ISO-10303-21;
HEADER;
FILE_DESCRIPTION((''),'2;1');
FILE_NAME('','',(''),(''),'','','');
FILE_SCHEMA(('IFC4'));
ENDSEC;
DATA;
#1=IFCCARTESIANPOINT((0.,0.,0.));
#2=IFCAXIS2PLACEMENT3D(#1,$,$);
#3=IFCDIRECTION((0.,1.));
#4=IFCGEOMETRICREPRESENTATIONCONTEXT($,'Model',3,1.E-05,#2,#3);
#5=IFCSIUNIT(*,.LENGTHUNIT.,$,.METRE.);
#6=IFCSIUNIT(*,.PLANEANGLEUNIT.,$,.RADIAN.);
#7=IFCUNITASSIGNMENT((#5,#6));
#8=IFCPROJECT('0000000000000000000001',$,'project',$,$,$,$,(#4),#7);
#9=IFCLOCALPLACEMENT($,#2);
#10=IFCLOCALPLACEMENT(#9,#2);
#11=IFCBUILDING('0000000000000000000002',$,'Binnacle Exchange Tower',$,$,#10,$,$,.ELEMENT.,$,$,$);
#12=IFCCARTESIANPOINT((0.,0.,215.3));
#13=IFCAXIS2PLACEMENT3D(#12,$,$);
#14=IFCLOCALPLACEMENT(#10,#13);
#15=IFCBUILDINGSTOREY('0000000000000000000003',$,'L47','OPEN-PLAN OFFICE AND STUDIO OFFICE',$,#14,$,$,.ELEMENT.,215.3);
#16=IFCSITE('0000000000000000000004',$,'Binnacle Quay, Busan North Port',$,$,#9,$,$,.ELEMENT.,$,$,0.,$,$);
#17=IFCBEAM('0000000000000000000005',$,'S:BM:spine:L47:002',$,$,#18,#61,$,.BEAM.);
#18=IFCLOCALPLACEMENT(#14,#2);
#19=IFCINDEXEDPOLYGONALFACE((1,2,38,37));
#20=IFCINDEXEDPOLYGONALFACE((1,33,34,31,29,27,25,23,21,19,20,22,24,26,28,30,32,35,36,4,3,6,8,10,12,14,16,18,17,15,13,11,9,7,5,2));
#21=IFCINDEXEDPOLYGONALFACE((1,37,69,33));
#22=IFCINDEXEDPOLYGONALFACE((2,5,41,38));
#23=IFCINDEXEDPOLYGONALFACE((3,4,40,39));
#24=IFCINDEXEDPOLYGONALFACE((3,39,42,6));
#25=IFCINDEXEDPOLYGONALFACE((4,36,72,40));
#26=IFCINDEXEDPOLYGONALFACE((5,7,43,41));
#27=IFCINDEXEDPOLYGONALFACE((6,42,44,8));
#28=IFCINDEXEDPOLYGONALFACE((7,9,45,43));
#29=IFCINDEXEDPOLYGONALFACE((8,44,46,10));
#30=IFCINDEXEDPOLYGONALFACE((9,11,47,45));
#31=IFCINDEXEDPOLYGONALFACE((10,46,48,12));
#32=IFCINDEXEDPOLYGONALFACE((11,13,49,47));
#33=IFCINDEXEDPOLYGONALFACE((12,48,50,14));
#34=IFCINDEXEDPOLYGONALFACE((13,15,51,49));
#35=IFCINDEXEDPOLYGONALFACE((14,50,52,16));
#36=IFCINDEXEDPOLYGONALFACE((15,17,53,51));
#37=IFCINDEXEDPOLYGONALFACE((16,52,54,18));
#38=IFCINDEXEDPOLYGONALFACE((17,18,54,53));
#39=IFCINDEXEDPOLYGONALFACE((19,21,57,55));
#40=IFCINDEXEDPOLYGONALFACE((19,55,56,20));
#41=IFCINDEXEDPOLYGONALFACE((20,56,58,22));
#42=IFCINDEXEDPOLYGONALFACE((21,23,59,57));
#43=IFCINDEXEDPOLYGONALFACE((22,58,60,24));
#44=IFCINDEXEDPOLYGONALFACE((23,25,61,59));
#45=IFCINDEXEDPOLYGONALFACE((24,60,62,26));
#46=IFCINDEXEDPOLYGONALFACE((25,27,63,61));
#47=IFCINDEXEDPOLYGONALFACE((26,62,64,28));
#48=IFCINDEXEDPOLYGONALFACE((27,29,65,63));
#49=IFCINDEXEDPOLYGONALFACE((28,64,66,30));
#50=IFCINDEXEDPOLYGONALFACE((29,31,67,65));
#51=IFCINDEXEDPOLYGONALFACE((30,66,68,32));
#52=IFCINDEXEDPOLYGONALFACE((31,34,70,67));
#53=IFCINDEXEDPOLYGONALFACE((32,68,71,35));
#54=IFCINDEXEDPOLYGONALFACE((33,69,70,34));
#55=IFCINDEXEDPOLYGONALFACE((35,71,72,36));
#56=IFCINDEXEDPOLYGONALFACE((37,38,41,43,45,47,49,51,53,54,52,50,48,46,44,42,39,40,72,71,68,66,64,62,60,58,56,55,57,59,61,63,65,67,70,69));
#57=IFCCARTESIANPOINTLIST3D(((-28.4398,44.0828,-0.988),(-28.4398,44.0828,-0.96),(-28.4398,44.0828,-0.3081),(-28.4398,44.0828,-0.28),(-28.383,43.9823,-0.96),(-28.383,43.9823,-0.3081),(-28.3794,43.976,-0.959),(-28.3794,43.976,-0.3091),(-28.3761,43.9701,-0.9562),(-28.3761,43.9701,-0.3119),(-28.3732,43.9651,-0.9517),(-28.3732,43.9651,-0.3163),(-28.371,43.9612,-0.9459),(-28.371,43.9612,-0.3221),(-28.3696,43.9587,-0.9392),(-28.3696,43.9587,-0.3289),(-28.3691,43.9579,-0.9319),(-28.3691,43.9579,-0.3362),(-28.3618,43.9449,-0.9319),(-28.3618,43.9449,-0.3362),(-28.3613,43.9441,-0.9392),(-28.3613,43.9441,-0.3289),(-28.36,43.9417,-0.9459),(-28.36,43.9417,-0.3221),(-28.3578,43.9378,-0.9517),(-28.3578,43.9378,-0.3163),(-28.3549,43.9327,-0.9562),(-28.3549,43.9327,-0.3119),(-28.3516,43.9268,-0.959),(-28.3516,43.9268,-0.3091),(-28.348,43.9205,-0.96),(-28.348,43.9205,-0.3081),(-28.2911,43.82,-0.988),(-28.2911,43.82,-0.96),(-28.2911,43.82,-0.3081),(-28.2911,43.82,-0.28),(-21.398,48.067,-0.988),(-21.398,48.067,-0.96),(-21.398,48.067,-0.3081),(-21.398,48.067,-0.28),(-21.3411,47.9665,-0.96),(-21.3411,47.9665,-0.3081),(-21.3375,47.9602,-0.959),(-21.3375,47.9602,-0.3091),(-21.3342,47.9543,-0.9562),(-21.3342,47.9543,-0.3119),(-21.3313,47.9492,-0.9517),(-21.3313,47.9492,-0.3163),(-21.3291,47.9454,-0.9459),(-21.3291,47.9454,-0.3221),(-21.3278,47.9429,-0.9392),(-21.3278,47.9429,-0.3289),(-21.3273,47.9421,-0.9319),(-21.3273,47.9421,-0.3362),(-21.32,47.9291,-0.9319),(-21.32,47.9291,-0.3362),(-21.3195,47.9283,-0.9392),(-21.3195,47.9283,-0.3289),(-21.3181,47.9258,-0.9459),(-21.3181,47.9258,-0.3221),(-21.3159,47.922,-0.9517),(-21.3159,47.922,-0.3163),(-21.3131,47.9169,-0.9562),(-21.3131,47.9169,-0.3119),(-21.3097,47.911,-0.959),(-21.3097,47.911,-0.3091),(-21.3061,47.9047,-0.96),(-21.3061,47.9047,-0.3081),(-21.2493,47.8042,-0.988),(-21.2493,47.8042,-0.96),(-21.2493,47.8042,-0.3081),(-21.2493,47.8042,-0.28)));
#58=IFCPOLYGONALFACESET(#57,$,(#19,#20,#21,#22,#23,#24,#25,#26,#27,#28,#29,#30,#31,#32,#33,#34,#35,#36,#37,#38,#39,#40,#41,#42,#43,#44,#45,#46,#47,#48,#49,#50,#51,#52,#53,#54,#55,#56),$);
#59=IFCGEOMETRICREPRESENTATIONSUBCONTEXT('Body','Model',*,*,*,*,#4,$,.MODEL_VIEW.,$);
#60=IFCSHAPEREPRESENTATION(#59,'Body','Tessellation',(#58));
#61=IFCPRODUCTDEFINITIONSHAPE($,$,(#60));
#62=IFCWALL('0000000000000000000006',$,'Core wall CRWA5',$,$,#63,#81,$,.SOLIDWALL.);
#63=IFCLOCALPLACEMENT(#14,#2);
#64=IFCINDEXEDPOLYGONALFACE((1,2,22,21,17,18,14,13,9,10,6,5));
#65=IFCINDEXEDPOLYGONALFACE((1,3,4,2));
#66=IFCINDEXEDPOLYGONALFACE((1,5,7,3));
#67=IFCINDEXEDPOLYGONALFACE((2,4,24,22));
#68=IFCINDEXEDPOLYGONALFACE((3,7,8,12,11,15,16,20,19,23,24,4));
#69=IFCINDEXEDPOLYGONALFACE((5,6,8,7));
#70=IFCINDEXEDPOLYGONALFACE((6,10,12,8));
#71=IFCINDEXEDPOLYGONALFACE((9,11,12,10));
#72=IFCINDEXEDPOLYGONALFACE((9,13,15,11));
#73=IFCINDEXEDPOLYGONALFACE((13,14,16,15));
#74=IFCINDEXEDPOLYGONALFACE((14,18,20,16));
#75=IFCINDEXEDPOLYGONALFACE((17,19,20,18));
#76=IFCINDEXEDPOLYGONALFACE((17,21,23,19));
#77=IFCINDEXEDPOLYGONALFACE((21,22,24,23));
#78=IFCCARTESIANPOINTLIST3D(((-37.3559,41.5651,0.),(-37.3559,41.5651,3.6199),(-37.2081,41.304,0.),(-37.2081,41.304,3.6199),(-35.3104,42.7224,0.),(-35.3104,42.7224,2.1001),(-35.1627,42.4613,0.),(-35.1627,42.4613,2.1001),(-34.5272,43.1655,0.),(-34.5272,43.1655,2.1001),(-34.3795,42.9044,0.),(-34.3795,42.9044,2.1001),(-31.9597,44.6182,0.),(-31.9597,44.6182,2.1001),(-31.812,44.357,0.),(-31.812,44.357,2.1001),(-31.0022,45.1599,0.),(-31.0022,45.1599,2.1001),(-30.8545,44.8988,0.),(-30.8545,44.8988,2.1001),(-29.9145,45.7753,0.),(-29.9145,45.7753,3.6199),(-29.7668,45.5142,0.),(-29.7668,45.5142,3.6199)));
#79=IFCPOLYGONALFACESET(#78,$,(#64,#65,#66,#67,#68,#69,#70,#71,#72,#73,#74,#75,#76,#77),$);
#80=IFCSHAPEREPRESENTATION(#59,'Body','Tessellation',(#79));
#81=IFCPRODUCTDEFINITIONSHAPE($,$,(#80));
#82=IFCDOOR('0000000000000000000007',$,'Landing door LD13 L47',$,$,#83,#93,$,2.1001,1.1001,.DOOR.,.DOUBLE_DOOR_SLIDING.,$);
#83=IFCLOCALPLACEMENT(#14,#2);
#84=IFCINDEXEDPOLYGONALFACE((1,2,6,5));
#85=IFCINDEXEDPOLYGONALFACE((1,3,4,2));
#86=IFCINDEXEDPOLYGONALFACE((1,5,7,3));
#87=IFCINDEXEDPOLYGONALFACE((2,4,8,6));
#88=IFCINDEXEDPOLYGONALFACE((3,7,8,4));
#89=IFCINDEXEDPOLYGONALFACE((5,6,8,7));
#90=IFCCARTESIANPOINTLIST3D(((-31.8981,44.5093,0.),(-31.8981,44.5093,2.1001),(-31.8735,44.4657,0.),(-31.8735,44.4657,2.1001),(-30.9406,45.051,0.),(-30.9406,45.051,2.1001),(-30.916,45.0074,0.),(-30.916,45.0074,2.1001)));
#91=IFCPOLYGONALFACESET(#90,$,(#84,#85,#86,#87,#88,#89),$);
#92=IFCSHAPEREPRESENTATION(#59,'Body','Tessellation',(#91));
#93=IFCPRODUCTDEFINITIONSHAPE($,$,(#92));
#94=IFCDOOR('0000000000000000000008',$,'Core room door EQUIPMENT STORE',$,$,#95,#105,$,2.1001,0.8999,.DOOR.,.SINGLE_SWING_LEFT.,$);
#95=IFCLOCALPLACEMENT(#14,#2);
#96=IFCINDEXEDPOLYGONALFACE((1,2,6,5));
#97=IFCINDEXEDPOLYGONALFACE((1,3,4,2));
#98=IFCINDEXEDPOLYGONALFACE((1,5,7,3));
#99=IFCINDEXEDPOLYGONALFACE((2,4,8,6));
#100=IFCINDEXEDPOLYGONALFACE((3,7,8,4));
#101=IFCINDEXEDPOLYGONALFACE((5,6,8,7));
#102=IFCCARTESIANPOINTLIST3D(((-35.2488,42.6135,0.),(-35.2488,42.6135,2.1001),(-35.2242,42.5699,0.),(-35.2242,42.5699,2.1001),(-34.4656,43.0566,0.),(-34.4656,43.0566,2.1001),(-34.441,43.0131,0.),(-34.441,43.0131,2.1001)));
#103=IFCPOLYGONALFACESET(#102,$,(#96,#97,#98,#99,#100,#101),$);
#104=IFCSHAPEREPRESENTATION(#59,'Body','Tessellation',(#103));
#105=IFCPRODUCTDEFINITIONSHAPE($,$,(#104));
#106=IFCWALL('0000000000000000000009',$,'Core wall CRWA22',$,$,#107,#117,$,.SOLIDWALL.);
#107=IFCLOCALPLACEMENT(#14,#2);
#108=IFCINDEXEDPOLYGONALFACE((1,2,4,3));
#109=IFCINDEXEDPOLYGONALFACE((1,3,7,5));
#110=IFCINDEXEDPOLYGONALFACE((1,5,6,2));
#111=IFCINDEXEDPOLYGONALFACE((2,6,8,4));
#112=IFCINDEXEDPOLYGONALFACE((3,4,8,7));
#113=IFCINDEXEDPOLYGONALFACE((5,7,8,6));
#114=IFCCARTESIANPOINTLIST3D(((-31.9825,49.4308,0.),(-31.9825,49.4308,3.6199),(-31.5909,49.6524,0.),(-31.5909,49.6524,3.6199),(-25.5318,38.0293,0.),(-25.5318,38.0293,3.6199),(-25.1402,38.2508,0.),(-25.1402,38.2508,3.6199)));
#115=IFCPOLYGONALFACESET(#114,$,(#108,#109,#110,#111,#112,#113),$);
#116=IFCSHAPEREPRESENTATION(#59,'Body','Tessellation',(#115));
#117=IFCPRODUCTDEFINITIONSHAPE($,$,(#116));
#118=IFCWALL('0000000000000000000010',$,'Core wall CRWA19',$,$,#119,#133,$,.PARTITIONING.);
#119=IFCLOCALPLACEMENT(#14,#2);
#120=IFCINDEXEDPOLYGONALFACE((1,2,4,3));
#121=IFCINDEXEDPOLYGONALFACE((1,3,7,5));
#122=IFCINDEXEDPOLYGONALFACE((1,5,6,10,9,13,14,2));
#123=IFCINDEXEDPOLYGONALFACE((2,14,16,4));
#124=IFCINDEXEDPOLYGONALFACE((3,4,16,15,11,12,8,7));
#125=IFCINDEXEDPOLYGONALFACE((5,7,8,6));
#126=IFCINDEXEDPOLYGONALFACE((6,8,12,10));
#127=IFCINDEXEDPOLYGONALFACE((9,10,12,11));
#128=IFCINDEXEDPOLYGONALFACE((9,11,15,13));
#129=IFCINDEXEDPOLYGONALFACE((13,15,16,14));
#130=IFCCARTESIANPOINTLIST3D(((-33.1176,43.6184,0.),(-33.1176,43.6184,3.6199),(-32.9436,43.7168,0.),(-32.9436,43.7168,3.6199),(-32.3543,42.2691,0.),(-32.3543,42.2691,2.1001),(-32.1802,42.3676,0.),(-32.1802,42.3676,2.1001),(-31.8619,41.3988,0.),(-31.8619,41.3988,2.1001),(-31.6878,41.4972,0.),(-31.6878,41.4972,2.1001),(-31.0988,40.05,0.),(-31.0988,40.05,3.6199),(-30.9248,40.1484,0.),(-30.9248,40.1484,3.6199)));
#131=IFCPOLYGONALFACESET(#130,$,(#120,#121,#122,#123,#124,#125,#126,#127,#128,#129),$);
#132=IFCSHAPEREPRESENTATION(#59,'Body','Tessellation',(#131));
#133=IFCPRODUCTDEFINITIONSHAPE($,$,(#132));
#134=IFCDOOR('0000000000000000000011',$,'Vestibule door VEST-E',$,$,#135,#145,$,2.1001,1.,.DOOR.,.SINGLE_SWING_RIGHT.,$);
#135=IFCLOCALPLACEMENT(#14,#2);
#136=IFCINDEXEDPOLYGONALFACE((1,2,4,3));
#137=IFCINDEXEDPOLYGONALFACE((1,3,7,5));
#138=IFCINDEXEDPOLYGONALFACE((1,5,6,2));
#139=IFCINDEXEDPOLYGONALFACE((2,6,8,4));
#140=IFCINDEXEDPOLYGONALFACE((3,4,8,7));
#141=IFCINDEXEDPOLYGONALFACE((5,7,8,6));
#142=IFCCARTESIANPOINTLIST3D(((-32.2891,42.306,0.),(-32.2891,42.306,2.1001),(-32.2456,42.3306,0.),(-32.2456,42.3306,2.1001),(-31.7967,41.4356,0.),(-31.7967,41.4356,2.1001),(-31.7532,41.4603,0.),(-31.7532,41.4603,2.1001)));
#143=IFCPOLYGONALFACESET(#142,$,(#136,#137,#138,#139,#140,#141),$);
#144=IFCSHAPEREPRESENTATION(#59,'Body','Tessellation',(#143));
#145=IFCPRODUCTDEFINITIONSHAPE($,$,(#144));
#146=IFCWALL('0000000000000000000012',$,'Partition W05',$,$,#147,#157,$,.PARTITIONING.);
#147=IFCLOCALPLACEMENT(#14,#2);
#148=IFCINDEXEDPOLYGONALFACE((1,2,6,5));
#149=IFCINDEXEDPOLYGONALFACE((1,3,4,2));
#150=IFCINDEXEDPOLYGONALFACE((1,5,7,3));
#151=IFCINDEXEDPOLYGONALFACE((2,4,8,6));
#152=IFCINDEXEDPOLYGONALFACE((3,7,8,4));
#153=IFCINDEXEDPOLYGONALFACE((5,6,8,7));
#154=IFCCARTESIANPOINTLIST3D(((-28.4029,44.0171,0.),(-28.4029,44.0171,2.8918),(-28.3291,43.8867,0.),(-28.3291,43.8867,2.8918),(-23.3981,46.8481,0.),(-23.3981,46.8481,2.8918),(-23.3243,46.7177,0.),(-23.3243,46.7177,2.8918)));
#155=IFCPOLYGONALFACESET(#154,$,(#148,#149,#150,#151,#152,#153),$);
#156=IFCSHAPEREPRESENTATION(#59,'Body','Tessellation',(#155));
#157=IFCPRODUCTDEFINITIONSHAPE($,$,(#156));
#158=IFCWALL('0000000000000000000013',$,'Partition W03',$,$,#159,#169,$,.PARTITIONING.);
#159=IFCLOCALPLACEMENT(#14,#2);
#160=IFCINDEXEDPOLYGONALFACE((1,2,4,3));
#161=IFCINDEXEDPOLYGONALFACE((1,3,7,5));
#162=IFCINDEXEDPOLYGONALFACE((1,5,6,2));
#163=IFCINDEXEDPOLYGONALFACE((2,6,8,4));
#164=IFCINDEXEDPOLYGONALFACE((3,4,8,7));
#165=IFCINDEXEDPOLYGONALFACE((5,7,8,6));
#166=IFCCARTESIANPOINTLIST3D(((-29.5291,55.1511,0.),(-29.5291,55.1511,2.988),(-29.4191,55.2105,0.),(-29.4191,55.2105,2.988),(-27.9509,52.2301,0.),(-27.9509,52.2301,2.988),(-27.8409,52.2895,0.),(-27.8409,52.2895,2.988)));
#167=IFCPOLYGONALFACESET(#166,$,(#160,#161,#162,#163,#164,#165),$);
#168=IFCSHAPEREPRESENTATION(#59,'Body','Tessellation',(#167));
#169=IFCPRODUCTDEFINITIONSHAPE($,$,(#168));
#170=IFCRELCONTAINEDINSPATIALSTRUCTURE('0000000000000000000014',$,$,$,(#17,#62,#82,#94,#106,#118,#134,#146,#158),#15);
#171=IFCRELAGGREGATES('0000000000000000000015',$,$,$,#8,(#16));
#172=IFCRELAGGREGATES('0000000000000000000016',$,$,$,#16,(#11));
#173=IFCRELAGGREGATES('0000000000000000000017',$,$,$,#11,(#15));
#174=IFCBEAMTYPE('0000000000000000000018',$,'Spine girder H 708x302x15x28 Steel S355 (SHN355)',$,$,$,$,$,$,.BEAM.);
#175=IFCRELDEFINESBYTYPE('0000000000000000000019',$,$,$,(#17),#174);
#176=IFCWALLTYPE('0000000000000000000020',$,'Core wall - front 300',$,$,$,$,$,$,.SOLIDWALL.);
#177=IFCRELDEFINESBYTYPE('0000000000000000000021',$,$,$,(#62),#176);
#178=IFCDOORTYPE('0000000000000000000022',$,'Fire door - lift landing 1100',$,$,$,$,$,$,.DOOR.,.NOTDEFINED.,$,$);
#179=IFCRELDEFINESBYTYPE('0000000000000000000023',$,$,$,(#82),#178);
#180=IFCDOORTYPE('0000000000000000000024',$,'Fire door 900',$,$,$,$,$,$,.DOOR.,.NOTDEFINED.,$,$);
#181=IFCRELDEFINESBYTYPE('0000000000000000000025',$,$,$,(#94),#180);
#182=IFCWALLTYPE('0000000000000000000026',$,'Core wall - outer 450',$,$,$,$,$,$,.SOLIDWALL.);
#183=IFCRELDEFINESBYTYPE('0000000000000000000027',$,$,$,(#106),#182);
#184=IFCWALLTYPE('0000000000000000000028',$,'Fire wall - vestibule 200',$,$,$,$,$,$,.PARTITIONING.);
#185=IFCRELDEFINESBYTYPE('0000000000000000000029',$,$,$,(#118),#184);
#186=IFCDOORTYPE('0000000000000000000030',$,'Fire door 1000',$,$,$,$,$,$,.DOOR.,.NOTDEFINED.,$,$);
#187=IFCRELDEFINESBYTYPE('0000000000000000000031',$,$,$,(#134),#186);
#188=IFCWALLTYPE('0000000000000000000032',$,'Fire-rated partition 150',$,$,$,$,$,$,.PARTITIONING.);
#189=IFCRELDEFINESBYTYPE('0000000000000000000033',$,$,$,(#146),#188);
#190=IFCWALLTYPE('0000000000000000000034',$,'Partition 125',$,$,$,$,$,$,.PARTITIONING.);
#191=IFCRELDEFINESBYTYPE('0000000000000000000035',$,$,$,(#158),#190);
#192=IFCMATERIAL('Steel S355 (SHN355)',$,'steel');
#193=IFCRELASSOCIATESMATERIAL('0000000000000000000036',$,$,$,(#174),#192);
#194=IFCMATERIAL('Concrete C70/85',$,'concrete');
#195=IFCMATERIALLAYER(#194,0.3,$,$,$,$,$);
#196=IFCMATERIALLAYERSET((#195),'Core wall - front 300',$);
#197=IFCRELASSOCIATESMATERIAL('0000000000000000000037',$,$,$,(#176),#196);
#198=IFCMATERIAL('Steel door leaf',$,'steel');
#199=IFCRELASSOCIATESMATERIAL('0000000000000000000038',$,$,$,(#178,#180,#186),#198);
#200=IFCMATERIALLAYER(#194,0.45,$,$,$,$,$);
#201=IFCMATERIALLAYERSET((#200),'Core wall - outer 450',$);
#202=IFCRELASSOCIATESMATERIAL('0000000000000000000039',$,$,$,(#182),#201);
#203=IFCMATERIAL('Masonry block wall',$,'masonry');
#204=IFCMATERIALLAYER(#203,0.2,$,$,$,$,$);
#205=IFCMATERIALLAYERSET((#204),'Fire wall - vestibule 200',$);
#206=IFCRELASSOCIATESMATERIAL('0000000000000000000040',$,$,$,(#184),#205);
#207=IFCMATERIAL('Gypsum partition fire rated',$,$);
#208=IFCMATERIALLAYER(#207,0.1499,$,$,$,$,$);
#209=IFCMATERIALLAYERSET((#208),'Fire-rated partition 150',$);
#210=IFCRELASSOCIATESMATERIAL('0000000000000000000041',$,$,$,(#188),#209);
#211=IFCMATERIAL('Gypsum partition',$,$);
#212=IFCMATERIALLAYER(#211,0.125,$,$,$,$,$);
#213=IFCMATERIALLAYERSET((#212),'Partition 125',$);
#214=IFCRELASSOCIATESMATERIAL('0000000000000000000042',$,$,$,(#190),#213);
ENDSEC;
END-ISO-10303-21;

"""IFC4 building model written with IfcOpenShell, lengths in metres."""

from ifc_helpers import new_model, si_unit, direction, frame, frame_2d, origin, origin_2d, place, context, subcontext, project, spatial, rectangle, i_section, extrude, material, layer, layer_set, material_profile, profile_set, type_object, element, fill, save


model = new_model("IFC4")

# Units and contexts
model_context = context("Model", 3, precision=1e-05, world=origin(), true_north=direction((0.0, 1.0)))
body_context = subcontext(model_context, "Body", "Model", "MODEL_VIEW")
ifc_project = project(units=[si_unit("LENGTHUNIT", "METRE"), si_unit("PLANEANGLEUNIT", "RADIAN")], contexts=[model_context])

# Site, building, storey
site_placement = place(None, origin())
site = spatial("IfcSite", under=ifc_project, at=site_placement, Name="Binnacle Quay, Busan North Port", CompositionType="ELEMENT", RefElevation=0.0)
building_placement = place(site_placement, origin())
building = spatial("IfcBuilding", under=site, at=building_placement, Name="Binnacle Exchange Tower", CompositionType="ELEMENT")
storey_placement = place(building_placement, frame((0.0, 0.0, 215.3)))
storey = spatial("IfcBuildingStorey", under=building, at=storey_placement, Name="L47", Description="OPEN-PLAN OFFICE AND STUDIO OFFICE", CompositionType="ELEMENT", Elevation=215.3)

# Beam
ifc_material_1 = material(Name="Steel S355 (SHN355)", Category="steel")
ifc_material_profile_1 = material_profile(ifc_material_1, i_section(OverallWidth=0.302, OverallDepth=0.708, WebThickness=0.0149, FlangeThickness=0.0281, FilletRadius=0.0281, at=origin_2d()), Name="H 708x302x15x28")
ifc_profile_set_1 = profile_set([ifc_material_profile_1], Name="Steel S355 (SHN355)")
beam_type_1 = type_object("IfcBeamType", Name="Spine girder H 708x302x15x28 Steel S355 (SHN355)", PredefinedType="BEAM", material=ifc_profile_set_1)
beam_1_placement = place(storey_placement, frame((-28.3655, 43.9514, -0.634), z_axis=(0.87035, 0.492433, 0.0), x_axis=(-0.492433, 0.87035, 0.0)))
element("IfcBeam", 1, at=beam_1_placement, inside=storey, type_object=beam_type_1, Name="S:BM:spine:L47:002", PredefinedType="BEAM", context=body_context, shape_type="SweptSolid", body=[
    extrude(i_section(OverallWidth=0.302, OverallDepth=0.708, WebThickness=0.0149, FlangeThickness=0.0281, FilletRadius=0.0281, at=origin_2d()), origin(), (0.0, 0.0, 1.0), 8.0908),
])

# Wall, openings, doors
ifc_material_2 = material(Name="Concrete C70/85", Category="concrete")
ifc_layer_1 = layer(ifc_material_2, 0.3)
ifc_layer_set_1 = layer_set([ifc_layer_1], Name="Core wall - front 300")
wall_type_1 = type_object("IfcWallType", Name="Core wall - front 300", PredefinedType="SOLIDWALL", material=ifc_layer_set_1)
wall_1_placement = place(storey_placement, frame((-37.282, 41.4346, 0.0), z_axis=(0.0, 0.0, 1.0), x_axis=(0.870353, 0.492429, 0.0)))
wall_1 = element("IfcWall", 2, at=wall_1_placement, inside=storey, type_object=wall_type_1, Name="Core wall CRWA5", PredefinedType="SOLIDWALL", context=body_context, shape_type="SweptSolid", body=[
    extrude(rectangle(XDim=8.5498, YDim=0.3, at=frame_2d((4.2749, 0.0))), origin(), (0.0, 0.0, 1.0), 3.6199),
])
opening_1_placement = place(wall_1_placement, frame((6.2, 0.0, 0.0)))
opening_1 = element("IfcOpeningElement", 3, at=opening_1_placement, cuts=wall_1, PredefinedType="OPENING", context=body_context, shape_type="SweptSolid", body=[
    extrude(rectangle(XDim=1.1001, YDim=2.1001, at=frame_2d((0.55, 1.05))), frame((0.0, 0.1599, 0.0), z_axis=(0.0, -1.0, 0.0), x_axis=(1.0, 0.0, 0.0)), (0.0, 0.0, 1.0), 0.3201),
])
opening_2_placement = place(wall_1_placement, frame((2.3501, 0.0, 0.0)))
opening_2 = element("IfcOpeningElement", 4, at=opening_2_placement, cuts=wall_1, PredefinedType="OPENING", context=body_context, shape_type="SweptSolid", body=[
    extrude(rectangle(XDim=0.8999, YDim=2.1001, at=frame_2d((0.45, 1.05))), frame((0.0, 0.1599, 0.0), z_axis=(0.0, -1.0, 0.0), x_axis=(1.0, 0.0, 0.0)), (0.0, 0.0, 1.0), 0.3201),
])
ifc_material_3 = material(Name="Steel door leaf", Category="steel")
door_type_1 = type_object("IfcDoorType", Name="Fire door - lift landing 1100", OperationType="NOTDEFINED", PredefinedType="DOOR", material=ifc_material_3)
door_1_placement = place(opening_1_placement, origin())
door_1 = element("IfcDoor", 5, at=door_1_placement, inside=storey, type_object=door_type_1, Name="Landing door LD13 L47", OperationType="DOUBLE_DOOR_SLIDING", OverallHeight=2.1001, OverallWidth=1.1001, PredefinedType="DOOR", context=body_context, shape_type="SweptSolid", body=[
    extrude(rectangle(XDim=1.1001, YDim=2.1001, at=frame_2d((0.55, 1.05))), frame((0.0, 0.0249, 0.0), z_axis=(0.0, -1.0, 0.0), x_axis=(1.0, 0.0, 0.0)), (0.0, 0.0, 1.0), 0.05),
])
fill(opening_1, door_1)
door_type_2 = type_object("IfcDoorType", Name="Fire door 900", OperationType="NOTDEFINED", PredefinedType="DOOR", material=ifc_material_3)
door_2_placement = place(opening_2_placement, origin())
door_2 = element("IfcDoor", 6, at=door_2_placement, inside=storey, type_object=door_type_2, Name="Core room door EQUIPMENT STORE", OperationType="SINGLE_SWING_LEFT", OverallHeight=2.1001, OverallWidth=0.8999, PredefinedType="DOOR", context=body_context, shape_type="SweptSolid", body=[
    extrude(rectangle(XDim=0.8999, YDim=2.1001, at=frame_2d((0.45, 1.05))), frame((0.0, 0.0249, 0.0), z_axis=(0.0, -1.0, 0.0), x_axis=(1.0, 0.0, 0.0)), (0.0, 0.0, 1.0), 0.05),
])
fill(opening_2, door_2)

# Wall
ifc_layer_2 = layer(ifc_material_2, 0.45)
ifc_layer_set_2 = layer_set([ifc_layer_2], Name="Core wall - outer 450")
wall_type_2 = type_object("IfcWallType", Name="Core wall - outer 450", PredefinedType="SOLIDWALL", material=ifc_layer_set_2)
wall_2_placement = place(storey_placement, frame((-31.7866, 49.5415, 0.0), z_axis=(0.0, 0.0, 1.0), x_axis=(0.492421, -0.870357, 0.0)))
element("IfcWall", 7, at=wall_2_placement, inside=storey, type_object=wall_type_2, Name="Core wall CRWA22", PredefinedType="SOLIDWALL", context=body_context, shape_type="SweptSolid", body=[
    extrude(rectangle(XDim=13.0999, YDim=0.45, at=frame_2d((6.5498, 0.0))), origin(), (0.0, 0.0, 1.0), 3.6199),
])

# Wall, opening, door
ifc_material_4 = material(Name="Masonry block wall", Category="masonry")
ifc_layer_3 = layer(ifc_material_4, 0.2)
ifc_layer_set_3 = layer_set([ifc_layer_3], Name="Fire wall - vestibule 200")
wall_type_3 = type_object("IfcWallType", Name="Fire wall - vestibule 200", PredefinedType="PARTITIONING", material=ifc_layer_set_3)
wall_3_placement = place(storey_placement, frame((-33.0305, 43.6675, 0.0), z_axis=(0.0, 0.0, 1.0), x_axis=(0.492408, -0.870364, 0.0)))
wall_3 = element("IfcWall", 8, at=wall_3_placement, inside=storey, type_object=wall_type_3, Name="Core wall CRWA19", PredefinedType="PARTITIONING", context=body_context, shape_type="SweptSolid", body=[
    extrude(rectangle(XDim=4.0999, YDim=0.2, at=frame_2d((2.0498, 0.0))), origin(), (0.0, 0.0, 1.0), 3.6199),
])
opening_3_placement = place(wall_3_placement, frame((1.55, 0.0, 0.0)))
opening_3 = element("IfcOpeningElement", 9, at=opening_3_placement, cuts=wall_3, PredefinedType="OPENING", context=body_context, shape_type="SweptSolid", body=[
    extrude(rectangle(XDim=1.0, YDim=2.1001, at=frame_2d((0.5, 1.05))), frame((0.0, 0.1099, 0.0), z_axis=(0.0, -1.0, 0.0), x_axis=(1.0, 0.0, 0.0)), (0.0, 0.0, 1.0), 0.22),
])
door_type_3 = type_object("IfcDoorType", Name="Fire door 1000", OperationType="NOTDEFINED", PredefinedType="DOOR", material=ifc_material_3)
door_3_placement = place(opening_3_placement, origin())
door_3 = element("IfcDoor", 10, at=door_3_placement, inside=storey, type_object=door_type_3, Name="Vestibule door VEST-E", OperationType="SINGLE_SWING_RIGHT", OverallHeight=2.1001, OverallWidth=1.0, PredefinedType="DOOR", context=body_context, shape_type="SweptSolid", body=[
    extrude(rectangle(XDim=1.0, YDim=2.1001, at=frame_2d((0.5, 1.05))), frame((0.0, 0.0249, 0.0), z_axis=(0.0, -1.0, 0.0), x_axis=(1.0, 0.0, 0.0)), (0.0, 0.0, 1.0), 0.05),
])
fill(opening_3, door_3)

# Walls
ifc_material_5 = material(Name="Gypsum partition fire rated")
ifc_layer_4 = layer(ifc_material_5, 0.1499)
ifc_layer_set_4 = layer_set([ifc_layer_4], Name="Fire-rated partition 150")
wall_type_4 = type_object("IfcWallType", Name="Fire-rated partition 150", PredefinedType="PARTITIONING", material=ifc_layer_set_4)
wall_4_placement = place(storey_placement, frame((-28.366, 43.9519, 0.0), z_axis=(0.0, 0.0, 1.0), x_axis=(0.870398, 0.492348, 0.0)))
element("IfcWall", 11, at=wall_4_placement, inside=storey, type_object=wall_type_4, Name="Partition W05", PredefinedType="PARTITIONING", context=body_context, shape_type="SweptSolid", body=[
    extrude(rectangle(XDim=5.75, YDim=0.1499, at=frame_2d((2.875, 0.0))), origin(), (0.0, 0.0, 1.0), 2.8918),
])
ifc_material_6 = material(Name="Gypsum partition")
ifc_layer_5 = layer(ifc_material_6, 0.125)
ifc_layer_set_5 = layer_set([ifc_layer_5], Name="Partition 125")
wall_type_5 = type_object("IfcWallType", Name="Partition 125", PredefinedType="PARTITIONING", material=ifc_layer_set_5)
wall_5_placement = place(storey_placement, frame((-29.4741, 55.1809, 0.0), z_axis=(0.0, 0.0, 1.0), x_axis=(0.475345, -0.8798, 0.0)))
element("IfcWall", 12, at=wall_5_placement, inside=storey, type_object=wall_type_5, Name="Partition W03", PredefinedType="PARTITIONING", context=body_context, shape_type="SweptSolid", body=[
    extrude(rectangle(XDim=3.3201, YDim=0.125, at=frame_2d((1.6602, 0.0))), origin(), (0.0, 0.0, 1.0), 2.988),
])

save(model, "model.ifc")
